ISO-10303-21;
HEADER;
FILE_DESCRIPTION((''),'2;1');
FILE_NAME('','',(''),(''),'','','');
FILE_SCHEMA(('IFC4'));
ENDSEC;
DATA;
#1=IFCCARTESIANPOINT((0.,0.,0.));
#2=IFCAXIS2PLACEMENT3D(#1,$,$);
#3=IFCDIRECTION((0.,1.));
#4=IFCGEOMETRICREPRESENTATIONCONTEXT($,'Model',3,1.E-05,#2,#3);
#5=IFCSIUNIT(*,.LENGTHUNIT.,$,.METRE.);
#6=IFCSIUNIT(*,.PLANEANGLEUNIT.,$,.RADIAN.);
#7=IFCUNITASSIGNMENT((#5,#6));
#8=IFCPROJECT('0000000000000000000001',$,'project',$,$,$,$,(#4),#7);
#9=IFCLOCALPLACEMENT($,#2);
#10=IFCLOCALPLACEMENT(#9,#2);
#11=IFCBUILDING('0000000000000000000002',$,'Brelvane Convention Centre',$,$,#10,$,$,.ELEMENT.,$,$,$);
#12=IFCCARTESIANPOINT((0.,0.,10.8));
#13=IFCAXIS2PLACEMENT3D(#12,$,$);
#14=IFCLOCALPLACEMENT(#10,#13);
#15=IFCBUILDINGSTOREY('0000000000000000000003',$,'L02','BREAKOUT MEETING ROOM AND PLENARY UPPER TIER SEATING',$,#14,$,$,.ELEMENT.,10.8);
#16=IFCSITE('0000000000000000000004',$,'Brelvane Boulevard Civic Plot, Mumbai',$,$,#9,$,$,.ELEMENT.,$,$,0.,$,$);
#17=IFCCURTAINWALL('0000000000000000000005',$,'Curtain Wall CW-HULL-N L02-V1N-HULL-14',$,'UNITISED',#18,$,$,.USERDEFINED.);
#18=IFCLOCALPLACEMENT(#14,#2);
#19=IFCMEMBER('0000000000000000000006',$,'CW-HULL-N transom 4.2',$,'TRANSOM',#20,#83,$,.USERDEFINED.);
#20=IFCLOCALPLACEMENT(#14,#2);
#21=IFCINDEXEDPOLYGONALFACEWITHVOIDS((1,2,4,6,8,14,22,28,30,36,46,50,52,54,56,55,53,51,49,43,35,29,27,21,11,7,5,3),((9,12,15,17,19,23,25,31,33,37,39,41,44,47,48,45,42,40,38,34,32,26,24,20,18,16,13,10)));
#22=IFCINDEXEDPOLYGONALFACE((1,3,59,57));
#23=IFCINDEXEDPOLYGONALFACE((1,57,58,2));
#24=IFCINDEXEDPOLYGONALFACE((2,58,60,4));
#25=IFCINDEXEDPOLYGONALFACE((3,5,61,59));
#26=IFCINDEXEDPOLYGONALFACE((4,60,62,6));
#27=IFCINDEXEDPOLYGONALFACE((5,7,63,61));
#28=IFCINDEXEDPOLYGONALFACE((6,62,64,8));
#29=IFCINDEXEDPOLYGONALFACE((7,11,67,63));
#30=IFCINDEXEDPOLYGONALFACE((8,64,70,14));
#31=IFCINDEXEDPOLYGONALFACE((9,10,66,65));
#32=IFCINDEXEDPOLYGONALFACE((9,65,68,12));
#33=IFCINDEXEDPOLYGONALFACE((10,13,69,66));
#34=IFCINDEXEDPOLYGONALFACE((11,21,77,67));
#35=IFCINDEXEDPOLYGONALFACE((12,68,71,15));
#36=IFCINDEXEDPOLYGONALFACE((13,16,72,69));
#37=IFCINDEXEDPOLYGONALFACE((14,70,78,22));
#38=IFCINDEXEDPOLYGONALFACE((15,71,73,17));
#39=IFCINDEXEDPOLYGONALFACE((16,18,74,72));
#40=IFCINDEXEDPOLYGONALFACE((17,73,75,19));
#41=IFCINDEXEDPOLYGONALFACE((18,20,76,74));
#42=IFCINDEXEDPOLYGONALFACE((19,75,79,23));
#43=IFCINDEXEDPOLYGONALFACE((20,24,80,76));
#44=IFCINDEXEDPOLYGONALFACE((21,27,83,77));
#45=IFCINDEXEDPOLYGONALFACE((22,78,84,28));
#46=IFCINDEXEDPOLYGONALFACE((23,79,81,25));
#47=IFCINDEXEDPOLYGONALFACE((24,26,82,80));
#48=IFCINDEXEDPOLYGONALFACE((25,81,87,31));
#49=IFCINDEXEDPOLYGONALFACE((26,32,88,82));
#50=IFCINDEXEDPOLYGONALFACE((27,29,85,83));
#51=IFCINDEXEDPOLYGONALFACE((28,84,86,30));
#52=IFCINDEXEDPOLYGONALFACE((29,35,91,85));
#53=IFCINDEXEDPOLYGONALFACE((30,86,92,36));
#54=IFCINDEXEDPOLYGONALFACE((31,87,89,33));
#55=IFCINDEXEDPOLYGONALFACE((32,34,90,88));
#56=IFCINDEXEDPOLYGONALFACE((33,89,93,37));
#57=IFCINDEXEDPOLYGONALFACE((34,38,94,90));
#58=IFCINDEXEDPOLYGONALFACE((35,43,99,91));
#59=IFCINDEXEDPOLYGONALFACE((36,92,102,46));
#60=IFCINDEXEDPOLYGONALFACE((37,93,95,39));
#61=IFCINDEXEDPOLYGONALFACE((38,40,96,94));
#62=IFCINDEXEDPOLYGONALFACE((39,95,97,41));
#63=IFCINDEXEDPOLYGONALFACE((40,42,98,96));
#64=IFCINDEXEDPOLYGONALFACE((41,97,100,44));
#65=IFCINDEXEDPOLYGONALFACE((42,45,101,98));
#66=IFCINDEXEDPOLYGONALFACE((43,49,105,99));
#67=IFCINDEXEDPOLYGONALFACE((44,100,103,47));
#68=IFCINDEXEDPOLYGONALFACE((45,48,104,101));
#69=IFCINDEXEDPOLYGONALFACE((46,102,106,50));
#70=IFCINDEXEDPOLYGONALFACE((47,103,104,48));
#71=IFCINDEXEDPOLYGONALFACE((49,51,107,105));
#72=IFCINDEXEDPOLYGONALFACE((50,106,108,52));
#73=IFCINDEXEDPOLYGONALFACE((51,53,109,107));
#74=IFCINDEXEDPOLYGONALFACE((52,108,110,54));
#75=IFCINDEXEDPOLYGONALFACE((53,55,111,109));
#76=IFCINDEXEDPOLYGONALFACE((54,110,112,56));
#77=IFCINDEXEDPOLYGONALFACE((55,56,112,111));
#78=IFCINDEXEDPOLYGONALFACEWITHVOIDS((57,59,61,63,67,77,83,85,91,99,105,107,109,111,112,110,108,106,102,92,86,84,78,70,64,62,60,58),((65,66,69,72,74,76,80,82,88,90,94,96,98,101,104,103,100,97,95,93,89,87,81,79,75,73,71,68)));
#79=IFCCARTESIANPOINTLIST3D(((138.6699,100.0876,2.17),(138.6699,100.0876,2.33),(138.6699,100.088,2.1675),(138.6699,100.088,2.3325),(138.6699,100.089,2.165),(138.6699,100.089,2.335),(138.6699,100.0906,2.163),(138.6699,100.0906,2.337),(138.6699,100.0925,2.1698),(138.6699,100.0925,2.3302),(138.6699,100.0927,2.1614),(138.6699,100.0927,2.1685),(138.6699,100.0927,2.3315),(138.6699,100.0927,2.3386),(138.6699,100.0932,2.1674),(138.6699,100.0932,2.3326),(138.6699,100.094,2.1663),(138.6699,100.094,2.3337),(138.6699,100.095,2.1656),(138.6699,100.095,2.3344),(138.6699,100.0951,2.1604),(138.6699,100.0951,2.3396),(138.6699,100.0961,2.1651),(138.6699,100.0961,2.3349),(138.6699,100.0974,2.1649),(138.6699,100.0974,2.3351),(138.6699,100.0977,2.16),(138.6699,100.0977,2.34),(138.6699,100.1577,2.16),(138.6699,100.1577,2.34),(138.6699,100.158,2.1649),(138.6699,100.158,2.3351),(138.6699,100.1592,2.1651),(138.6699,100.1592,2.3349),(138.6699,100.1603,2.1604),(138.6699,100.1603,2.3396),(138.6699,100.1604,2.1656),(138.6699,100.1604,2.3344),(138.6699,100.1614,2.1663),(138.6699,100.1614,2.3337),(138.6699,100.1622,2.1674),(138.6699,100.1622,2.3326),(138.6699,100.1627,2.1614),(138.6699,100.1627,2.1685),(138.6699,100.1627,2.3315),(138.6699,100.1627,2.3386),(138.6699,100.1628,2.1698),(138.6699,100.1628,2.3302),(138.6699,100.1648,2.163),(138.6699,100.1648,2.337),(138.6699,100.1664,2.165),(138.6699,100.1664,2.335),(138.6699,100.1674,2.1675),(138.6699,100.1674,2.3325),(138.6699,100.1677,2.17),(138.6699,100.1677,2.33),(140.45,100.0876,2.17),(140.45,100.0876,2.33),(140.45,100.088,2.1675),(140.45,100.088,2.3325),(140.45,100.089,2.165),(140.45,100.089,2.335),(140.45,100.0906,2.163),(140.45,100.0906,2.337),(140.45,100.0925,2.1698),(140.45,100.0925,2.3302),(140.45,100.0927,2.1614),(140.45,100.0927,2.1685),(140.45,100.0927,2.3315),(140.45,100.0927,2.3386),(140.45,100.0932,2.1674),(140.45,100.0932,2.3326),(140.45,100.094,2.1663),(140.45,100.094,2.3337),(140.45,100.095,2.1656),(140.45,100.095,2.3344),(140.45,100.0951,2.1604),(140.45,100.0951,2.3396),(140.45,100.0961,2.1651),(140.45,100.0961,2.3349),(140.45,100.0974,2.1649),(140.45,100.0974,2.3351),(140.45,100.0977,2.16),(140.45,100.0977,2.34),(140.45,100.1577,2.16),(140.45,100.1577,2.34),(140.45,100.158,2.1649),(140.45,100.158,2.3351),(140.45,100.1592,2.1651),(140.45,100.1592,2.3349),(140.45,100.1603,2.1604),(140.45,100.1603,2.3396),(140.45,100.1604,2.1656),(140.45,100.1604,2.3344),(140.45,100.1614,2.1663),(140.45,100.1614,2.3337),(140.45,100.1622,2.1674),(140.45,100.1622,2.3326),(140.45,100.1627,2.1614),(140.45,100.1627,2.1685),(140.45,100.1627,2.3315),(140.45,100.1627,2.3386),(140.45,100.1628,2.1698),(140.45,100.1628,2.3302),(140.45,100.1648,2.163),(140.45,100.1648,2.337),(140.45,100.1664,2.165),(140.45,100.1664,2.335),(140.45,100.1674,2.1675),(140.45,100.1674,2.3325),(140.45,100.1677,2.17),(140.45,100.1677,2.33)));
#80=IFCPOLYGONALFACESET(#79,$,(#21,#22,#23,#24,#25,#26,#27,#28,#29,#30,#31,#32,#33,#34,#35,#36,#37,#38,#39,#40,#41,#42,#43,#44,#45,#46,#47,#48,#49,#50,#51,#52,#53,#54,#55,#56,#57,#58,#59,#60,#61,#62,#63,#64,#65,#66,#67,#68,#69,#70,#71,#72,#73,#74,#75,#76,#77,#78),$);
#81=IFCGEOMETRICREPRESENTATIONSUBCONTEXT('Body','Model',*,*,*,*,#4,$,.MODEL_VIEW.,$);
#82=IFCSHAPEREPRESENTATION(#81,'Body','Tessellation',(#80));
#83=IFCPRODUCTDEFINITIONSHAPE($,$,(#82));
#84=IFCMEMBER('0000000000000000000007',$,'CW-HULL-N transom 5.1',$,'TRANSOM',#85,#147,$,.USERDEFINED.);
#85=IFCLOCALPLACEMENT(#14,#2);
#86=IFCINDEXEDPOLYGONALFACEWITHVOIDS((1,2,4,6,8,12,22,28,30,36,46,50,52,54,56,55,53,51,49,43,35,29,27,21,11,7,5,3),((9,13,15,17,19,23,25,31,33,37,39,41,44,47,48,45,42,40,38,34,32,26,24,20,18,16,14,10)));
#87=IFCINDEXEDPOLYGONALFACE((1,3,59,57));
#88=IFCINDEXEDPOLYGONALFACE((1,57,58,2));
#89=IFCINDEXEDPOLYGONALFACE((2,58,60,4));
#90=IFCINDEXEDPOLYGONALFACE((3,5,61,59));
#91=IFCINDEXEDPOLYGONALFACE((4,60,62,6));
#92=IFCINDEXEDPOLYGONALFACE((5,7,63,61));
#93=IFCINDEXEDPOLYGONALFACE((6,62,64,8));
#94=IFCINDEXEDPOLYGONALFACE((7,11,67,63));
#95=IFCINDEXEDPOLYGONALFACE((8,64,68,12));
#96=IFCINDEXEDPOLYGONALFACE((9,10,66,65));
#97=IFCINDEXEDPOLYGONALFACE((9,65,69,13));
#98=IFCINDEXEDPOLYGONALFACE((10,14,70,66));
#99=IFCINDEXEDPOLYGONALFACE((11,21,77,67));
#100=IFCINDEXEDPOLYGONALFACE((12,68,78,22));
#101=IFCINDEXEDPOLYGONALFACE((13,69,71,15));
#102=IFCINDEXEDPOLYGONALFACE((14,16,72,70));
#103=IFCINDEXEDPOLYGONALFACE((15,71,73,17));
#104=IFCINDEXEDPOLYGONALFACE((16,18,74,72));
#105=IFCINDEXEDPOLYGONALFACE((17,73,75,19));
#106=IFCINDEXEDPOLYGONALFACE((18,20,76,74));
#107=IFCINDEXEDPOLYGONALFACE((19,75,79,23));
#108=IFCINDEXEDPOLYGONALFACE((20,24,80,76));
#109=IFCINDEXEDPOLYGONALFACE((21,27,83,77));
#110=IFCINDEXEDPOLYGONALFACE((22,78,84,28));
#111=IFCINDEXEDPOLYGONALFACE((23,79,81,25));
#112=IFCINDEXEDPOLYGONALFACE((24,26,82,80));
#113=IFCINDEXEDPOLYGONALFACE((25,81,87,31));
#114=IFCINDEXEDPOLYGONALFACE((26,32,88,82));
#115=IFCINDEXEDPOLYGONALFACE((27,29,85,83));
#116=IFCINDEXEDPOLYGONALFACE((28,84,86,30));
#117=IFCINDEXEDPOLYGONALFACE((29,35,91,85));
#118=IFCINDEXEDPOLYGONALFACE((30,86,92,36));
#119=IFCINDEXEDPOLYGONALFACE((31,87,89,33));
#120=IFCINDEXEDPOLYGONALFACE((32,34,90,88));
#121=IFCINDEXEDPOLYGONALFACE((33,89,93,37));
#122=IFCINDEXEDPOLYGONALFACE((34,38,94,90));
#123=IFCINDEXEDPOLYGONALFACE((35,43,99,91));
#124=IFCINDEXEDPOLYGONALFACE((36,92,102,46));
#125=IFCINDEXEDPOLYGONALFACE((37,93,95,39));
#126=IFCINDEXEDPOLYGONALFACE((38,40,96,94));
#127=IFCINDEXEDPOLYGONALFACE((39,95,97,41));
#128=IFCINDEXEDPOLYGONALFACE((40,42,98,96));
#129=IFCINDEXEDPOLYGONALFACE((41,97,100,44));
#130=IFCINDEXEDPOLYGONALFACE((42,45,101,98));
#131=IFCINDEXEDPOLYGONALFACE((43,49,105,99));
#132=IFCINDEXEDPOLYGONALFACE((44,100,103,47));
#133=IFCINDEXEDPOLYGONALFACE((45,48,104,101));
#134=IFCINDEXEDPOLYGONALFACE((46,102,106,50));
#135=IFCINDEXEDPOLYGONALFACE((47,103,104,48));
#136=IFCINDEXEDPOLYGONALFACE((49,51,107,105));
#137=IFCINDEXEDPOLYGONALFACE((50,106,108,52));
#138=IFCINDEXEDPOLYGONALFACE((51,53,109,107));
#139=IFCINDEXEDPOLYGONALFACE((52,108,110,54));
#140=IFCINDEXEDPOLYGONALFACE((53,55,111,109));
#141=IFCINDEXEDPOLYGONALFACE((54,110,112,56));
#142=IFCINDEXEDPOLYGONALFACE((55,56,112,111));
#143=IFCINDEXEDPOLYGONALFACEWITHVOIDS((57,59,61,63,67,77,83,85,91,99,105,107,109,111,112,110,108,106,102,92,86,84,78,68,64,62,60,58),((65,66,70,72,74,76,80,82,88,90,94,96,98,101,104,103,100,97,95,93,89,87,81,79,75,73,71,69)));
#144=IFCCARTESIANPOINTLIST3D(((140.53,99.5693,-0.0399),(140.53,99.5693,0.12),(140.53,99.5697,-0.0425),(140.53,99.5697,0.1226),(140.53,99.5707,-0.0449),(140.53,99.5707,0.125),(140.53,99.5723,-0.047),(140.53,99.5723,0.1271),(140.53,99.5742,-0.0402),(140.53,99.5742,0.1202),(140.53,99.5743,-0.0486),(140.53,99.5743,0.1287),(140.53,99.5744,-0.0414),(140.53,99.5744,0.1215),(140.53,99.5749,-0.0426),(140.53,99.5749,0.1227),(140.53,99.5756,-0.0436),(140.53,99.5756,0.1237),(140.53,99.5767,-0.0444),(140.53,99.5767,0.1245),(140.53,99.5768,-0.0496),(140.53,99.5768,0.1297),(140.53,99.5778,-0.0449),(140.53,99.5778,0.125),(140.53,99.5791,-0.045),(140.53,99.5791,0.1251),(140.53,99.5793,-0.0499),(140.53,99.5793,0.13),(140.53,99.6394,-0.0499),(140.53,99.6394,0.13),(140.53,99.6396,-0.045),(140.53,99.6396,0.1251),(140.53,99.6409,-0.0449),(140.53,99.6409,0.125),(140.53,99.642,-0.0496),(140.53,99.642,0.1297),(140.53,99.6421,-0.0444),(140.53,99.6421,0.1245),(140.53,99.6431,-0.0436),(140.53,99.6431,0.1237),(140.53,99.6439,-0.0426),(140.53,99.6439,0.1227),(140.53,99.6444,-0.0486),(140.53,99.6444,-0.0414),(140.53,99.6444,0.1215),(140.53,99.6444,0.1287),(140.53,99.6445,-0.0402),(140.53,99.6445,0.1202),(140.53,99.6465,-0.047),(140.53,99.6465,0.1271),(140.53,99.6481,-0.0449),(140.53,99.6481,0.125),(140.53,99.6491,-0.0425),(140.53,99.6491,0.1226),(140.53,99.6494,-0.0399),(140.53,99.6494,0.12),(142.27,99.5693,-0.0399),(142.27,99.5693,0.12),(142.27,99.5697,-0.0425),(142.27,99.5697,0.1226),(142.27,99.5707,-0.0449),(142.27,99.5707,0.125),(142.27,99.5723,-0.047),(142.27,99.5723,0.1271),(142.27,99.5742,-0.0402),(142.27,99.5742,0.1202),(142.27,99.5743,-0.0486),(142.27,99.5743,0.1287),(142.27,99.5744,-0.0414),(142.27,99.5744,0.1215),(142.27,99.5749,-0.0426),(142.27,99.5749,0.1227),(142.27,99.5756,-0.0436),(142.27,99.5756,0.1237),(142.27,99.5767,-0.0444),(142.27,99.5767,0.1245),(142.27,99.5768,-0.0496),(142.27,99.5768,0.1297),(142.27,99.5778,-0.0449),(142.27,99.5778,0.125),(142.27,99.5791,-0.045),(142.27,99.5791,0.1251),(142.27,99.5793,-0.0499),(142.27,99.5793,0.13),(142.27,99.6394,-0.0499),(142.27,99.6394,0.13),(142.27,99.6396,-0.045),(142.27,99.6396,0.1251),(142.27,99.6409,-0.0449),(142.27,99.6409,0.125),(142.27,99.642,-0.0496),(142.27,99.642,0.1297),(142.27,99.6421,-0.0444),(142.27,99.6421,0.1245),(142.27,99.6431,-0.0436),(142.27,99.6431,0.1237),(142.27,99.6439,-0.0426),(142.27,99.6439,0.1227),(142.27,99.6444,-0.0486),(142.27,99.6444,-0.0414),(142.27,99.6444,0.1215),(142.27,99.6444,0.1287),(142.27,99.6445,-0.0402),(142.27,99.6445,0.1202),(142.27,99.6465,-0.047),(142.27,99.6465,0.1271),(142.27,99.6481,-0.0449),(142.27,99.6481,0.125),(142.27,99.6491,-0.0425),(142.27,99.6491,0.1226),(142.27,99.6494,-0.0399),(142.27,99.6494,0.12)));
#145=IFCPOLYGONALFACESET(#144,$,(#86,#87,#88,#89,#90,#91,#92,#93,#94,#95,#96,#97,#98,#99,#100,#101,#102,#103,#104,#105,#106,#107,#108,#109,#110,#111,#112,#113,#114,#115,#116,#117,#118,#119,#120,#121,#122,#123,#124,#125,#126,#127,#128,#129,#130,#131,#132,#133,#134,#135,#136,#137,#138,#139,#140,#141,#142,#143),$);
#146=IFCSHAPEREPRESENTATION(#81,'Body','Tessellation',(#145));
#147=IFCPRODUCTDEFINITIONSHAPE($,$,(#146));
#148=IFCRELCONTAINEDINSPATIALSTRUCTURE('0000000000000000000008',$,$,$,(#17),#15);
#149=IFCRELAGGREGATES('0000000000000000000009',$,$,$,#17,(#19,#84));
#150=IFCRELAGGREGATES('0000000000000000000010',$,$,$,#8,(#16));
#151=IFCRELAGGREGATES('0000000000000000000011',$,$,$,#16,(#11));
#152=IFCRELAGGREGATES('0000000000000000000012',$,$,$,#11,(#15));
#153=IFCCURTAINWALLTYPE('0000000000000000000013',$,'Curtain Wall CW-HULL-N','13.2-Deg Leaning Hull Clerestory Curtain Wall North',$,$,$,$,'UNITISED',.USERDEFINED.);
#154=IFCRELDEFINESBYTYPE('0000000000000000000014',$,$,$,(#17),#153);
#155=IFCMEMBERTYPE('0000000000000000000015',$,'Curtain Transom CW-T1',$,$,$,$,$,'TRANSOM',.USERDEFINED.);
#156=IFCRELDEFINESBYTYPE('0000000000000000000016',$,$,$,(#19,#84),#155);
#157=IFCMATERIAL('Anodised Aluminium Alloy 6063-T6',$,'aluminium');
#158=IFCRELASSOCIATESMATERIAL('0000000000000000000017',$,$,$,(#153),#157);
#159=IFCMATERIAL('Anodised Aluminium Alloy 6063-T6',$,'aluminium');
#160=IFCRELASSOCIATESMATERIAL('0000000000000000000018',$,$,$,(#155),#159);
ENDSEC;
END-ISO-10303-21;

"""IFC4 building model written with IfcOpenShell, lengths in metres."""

from ifc_helpers import new_model, si_unit, direction, frame, origin, origin_2d, place, context, subcontext, project, spatial, hollow_rectangle, extrude, material, material_profile, profile_set, type_object, element, aggregate, save


model = new_model("IFC4")

# Units and contexts
model_context = context("Model", 3, precision=1e-05, world=origin(), true_north=direction((0.0, 1.0)))
body_context = subcontext(model_context, "Body", "Model", "MODEL_VIEW")
ifc_project = project(units=[si_unit("LENGTHUNIT", "METRE"), si_unit("PLANEANGLEUNIT", "RADIAN")], contexts=[model_context])

# Site, building, storey
site_placement = place(None, origin())
site = spatial("IfcSite", under=ifc_project, at=site_placement, Name="Brelvane Boulevard Civic Plot, Mumbai", CompositionType="ELEMENT", RefElevation=0.0)
building_placement = place(site_placement, origin())
building = spatial("IfcBuilding", under=site, at=building_placement, Name="Brelvane Convention Centre", CompositionType="ELEMENT")
storey_placement = place(building_placement, frame((0.0, 0.0, 10.8)))
storey = spatial("IfcBuildingStorey", under=building, at=storey_placement, Name="L02", Description="BREAKOUT MEETING ROOM AND PLENARY UPPER TIER SEATING", CompositionType="ELEMENT", Elevation=10.8)

# Shared definitions
ifc_material_1 = material(Name="Anodised Aluminium Alloy 6063-T6", Category="aluminium")
curtain_wall_type = type_object("IfcCurtainWallType", Name="Curtain Wall CW-HULL-N", Description="13.2-Deg Leaning Hull Clerestory Curtain Wall North", ElementType="UNITISED", PredefinedType="USERDEFINED", material=ifc_material_1)

# Curtain wall, members
curtain_wall_1_placement = place(storey_placement, origin())
curtain_wall_1 = element("IfcCurtainWall", 1, at=curtain_wall_1_placement, inside=storey, type_object=curtain_wall_type, Name="Curtain Wall CW-HULL-N L02-V1N-HULL-14", ObjectType="UNITISED", PredefinedType="USERDEFINED")
ifc_material_2 = material(Name="Anodised Aluminium Alloy 6063-T6", Category="aluminium")
ifc_material_profile_1 = material_profile(ifc_material_2, hollow_rectangle(XDim=0.0801, YDim=0.1799, WallThickness=0.0049, InnerFilletRadius=0.0049, OuterFilletRadius=0.01, at=origin_2d()), Name="ALU-T 180x80x5.0")
ifc_profile_set_1 = profile_set([ifc_material_profile_1], Name="Anodised Aluminium Alloy 6063-T6")
member_type_1 = type_object("IfcMemberType", Name="Curtain Transom CW-T1", ElementType="TRANSOM", PredefinedType="USERDEFINED", material=ifc_profile_set_1)
member_1_placement = place(storey_placement, frame((138.6699, 100.1277, 2.25), z_axis=(1.0, 0.0, 0.0), x_axis=(0.0, 1.0, 0.0)))
member_1 = element("IfcMember", 2, at=member_1_placement, type_object=member_type_1, Name="CW-HULL-N transom 4.2", ObjectType="TRANSOM", PredefinedType="USERDEFINED", context=body_context, shape_type="SweptSolid", body=[
    extrude(hollow_rectangle(XDim=0.0801, YDim=0.1799, WallThickness=0.0049, InnerFilletRadius=0.0049, OuterFilletRadius=0.01, at=origin_2d()), origin(), (0.0, 0.0, 1.0), 1.78),
])
member_2_placement = place(storey_placement, frame((140.53, 99.6094, 0.04), z_axis=(1.0, 0.0, 0.0), x_axis=(0.0, 1.0, 0.0)))
member_2 = element("IfcMember", 3, at=member_2_placement, type_object=member_type_1, Name="CW-HULL-N transom 5.1", ObjectType="TRANSOM", PredefinedType="USERDEFINED", context=body_context, shape_type="SweptSolid", body=[
    extrude(hollow_rectangle(XDim=0.0801, YDim=0.1799, WallThickness=0.0049, InnerFilletRadius=0.0049, OuterFilletRadius=0.01, at=origin_2d()), origin(), (0.0, 0.0, 1.0), 1.74),
])

aggregate(curtain_wall_1, [member_1, member_2])

save(model, "model.ifc")
